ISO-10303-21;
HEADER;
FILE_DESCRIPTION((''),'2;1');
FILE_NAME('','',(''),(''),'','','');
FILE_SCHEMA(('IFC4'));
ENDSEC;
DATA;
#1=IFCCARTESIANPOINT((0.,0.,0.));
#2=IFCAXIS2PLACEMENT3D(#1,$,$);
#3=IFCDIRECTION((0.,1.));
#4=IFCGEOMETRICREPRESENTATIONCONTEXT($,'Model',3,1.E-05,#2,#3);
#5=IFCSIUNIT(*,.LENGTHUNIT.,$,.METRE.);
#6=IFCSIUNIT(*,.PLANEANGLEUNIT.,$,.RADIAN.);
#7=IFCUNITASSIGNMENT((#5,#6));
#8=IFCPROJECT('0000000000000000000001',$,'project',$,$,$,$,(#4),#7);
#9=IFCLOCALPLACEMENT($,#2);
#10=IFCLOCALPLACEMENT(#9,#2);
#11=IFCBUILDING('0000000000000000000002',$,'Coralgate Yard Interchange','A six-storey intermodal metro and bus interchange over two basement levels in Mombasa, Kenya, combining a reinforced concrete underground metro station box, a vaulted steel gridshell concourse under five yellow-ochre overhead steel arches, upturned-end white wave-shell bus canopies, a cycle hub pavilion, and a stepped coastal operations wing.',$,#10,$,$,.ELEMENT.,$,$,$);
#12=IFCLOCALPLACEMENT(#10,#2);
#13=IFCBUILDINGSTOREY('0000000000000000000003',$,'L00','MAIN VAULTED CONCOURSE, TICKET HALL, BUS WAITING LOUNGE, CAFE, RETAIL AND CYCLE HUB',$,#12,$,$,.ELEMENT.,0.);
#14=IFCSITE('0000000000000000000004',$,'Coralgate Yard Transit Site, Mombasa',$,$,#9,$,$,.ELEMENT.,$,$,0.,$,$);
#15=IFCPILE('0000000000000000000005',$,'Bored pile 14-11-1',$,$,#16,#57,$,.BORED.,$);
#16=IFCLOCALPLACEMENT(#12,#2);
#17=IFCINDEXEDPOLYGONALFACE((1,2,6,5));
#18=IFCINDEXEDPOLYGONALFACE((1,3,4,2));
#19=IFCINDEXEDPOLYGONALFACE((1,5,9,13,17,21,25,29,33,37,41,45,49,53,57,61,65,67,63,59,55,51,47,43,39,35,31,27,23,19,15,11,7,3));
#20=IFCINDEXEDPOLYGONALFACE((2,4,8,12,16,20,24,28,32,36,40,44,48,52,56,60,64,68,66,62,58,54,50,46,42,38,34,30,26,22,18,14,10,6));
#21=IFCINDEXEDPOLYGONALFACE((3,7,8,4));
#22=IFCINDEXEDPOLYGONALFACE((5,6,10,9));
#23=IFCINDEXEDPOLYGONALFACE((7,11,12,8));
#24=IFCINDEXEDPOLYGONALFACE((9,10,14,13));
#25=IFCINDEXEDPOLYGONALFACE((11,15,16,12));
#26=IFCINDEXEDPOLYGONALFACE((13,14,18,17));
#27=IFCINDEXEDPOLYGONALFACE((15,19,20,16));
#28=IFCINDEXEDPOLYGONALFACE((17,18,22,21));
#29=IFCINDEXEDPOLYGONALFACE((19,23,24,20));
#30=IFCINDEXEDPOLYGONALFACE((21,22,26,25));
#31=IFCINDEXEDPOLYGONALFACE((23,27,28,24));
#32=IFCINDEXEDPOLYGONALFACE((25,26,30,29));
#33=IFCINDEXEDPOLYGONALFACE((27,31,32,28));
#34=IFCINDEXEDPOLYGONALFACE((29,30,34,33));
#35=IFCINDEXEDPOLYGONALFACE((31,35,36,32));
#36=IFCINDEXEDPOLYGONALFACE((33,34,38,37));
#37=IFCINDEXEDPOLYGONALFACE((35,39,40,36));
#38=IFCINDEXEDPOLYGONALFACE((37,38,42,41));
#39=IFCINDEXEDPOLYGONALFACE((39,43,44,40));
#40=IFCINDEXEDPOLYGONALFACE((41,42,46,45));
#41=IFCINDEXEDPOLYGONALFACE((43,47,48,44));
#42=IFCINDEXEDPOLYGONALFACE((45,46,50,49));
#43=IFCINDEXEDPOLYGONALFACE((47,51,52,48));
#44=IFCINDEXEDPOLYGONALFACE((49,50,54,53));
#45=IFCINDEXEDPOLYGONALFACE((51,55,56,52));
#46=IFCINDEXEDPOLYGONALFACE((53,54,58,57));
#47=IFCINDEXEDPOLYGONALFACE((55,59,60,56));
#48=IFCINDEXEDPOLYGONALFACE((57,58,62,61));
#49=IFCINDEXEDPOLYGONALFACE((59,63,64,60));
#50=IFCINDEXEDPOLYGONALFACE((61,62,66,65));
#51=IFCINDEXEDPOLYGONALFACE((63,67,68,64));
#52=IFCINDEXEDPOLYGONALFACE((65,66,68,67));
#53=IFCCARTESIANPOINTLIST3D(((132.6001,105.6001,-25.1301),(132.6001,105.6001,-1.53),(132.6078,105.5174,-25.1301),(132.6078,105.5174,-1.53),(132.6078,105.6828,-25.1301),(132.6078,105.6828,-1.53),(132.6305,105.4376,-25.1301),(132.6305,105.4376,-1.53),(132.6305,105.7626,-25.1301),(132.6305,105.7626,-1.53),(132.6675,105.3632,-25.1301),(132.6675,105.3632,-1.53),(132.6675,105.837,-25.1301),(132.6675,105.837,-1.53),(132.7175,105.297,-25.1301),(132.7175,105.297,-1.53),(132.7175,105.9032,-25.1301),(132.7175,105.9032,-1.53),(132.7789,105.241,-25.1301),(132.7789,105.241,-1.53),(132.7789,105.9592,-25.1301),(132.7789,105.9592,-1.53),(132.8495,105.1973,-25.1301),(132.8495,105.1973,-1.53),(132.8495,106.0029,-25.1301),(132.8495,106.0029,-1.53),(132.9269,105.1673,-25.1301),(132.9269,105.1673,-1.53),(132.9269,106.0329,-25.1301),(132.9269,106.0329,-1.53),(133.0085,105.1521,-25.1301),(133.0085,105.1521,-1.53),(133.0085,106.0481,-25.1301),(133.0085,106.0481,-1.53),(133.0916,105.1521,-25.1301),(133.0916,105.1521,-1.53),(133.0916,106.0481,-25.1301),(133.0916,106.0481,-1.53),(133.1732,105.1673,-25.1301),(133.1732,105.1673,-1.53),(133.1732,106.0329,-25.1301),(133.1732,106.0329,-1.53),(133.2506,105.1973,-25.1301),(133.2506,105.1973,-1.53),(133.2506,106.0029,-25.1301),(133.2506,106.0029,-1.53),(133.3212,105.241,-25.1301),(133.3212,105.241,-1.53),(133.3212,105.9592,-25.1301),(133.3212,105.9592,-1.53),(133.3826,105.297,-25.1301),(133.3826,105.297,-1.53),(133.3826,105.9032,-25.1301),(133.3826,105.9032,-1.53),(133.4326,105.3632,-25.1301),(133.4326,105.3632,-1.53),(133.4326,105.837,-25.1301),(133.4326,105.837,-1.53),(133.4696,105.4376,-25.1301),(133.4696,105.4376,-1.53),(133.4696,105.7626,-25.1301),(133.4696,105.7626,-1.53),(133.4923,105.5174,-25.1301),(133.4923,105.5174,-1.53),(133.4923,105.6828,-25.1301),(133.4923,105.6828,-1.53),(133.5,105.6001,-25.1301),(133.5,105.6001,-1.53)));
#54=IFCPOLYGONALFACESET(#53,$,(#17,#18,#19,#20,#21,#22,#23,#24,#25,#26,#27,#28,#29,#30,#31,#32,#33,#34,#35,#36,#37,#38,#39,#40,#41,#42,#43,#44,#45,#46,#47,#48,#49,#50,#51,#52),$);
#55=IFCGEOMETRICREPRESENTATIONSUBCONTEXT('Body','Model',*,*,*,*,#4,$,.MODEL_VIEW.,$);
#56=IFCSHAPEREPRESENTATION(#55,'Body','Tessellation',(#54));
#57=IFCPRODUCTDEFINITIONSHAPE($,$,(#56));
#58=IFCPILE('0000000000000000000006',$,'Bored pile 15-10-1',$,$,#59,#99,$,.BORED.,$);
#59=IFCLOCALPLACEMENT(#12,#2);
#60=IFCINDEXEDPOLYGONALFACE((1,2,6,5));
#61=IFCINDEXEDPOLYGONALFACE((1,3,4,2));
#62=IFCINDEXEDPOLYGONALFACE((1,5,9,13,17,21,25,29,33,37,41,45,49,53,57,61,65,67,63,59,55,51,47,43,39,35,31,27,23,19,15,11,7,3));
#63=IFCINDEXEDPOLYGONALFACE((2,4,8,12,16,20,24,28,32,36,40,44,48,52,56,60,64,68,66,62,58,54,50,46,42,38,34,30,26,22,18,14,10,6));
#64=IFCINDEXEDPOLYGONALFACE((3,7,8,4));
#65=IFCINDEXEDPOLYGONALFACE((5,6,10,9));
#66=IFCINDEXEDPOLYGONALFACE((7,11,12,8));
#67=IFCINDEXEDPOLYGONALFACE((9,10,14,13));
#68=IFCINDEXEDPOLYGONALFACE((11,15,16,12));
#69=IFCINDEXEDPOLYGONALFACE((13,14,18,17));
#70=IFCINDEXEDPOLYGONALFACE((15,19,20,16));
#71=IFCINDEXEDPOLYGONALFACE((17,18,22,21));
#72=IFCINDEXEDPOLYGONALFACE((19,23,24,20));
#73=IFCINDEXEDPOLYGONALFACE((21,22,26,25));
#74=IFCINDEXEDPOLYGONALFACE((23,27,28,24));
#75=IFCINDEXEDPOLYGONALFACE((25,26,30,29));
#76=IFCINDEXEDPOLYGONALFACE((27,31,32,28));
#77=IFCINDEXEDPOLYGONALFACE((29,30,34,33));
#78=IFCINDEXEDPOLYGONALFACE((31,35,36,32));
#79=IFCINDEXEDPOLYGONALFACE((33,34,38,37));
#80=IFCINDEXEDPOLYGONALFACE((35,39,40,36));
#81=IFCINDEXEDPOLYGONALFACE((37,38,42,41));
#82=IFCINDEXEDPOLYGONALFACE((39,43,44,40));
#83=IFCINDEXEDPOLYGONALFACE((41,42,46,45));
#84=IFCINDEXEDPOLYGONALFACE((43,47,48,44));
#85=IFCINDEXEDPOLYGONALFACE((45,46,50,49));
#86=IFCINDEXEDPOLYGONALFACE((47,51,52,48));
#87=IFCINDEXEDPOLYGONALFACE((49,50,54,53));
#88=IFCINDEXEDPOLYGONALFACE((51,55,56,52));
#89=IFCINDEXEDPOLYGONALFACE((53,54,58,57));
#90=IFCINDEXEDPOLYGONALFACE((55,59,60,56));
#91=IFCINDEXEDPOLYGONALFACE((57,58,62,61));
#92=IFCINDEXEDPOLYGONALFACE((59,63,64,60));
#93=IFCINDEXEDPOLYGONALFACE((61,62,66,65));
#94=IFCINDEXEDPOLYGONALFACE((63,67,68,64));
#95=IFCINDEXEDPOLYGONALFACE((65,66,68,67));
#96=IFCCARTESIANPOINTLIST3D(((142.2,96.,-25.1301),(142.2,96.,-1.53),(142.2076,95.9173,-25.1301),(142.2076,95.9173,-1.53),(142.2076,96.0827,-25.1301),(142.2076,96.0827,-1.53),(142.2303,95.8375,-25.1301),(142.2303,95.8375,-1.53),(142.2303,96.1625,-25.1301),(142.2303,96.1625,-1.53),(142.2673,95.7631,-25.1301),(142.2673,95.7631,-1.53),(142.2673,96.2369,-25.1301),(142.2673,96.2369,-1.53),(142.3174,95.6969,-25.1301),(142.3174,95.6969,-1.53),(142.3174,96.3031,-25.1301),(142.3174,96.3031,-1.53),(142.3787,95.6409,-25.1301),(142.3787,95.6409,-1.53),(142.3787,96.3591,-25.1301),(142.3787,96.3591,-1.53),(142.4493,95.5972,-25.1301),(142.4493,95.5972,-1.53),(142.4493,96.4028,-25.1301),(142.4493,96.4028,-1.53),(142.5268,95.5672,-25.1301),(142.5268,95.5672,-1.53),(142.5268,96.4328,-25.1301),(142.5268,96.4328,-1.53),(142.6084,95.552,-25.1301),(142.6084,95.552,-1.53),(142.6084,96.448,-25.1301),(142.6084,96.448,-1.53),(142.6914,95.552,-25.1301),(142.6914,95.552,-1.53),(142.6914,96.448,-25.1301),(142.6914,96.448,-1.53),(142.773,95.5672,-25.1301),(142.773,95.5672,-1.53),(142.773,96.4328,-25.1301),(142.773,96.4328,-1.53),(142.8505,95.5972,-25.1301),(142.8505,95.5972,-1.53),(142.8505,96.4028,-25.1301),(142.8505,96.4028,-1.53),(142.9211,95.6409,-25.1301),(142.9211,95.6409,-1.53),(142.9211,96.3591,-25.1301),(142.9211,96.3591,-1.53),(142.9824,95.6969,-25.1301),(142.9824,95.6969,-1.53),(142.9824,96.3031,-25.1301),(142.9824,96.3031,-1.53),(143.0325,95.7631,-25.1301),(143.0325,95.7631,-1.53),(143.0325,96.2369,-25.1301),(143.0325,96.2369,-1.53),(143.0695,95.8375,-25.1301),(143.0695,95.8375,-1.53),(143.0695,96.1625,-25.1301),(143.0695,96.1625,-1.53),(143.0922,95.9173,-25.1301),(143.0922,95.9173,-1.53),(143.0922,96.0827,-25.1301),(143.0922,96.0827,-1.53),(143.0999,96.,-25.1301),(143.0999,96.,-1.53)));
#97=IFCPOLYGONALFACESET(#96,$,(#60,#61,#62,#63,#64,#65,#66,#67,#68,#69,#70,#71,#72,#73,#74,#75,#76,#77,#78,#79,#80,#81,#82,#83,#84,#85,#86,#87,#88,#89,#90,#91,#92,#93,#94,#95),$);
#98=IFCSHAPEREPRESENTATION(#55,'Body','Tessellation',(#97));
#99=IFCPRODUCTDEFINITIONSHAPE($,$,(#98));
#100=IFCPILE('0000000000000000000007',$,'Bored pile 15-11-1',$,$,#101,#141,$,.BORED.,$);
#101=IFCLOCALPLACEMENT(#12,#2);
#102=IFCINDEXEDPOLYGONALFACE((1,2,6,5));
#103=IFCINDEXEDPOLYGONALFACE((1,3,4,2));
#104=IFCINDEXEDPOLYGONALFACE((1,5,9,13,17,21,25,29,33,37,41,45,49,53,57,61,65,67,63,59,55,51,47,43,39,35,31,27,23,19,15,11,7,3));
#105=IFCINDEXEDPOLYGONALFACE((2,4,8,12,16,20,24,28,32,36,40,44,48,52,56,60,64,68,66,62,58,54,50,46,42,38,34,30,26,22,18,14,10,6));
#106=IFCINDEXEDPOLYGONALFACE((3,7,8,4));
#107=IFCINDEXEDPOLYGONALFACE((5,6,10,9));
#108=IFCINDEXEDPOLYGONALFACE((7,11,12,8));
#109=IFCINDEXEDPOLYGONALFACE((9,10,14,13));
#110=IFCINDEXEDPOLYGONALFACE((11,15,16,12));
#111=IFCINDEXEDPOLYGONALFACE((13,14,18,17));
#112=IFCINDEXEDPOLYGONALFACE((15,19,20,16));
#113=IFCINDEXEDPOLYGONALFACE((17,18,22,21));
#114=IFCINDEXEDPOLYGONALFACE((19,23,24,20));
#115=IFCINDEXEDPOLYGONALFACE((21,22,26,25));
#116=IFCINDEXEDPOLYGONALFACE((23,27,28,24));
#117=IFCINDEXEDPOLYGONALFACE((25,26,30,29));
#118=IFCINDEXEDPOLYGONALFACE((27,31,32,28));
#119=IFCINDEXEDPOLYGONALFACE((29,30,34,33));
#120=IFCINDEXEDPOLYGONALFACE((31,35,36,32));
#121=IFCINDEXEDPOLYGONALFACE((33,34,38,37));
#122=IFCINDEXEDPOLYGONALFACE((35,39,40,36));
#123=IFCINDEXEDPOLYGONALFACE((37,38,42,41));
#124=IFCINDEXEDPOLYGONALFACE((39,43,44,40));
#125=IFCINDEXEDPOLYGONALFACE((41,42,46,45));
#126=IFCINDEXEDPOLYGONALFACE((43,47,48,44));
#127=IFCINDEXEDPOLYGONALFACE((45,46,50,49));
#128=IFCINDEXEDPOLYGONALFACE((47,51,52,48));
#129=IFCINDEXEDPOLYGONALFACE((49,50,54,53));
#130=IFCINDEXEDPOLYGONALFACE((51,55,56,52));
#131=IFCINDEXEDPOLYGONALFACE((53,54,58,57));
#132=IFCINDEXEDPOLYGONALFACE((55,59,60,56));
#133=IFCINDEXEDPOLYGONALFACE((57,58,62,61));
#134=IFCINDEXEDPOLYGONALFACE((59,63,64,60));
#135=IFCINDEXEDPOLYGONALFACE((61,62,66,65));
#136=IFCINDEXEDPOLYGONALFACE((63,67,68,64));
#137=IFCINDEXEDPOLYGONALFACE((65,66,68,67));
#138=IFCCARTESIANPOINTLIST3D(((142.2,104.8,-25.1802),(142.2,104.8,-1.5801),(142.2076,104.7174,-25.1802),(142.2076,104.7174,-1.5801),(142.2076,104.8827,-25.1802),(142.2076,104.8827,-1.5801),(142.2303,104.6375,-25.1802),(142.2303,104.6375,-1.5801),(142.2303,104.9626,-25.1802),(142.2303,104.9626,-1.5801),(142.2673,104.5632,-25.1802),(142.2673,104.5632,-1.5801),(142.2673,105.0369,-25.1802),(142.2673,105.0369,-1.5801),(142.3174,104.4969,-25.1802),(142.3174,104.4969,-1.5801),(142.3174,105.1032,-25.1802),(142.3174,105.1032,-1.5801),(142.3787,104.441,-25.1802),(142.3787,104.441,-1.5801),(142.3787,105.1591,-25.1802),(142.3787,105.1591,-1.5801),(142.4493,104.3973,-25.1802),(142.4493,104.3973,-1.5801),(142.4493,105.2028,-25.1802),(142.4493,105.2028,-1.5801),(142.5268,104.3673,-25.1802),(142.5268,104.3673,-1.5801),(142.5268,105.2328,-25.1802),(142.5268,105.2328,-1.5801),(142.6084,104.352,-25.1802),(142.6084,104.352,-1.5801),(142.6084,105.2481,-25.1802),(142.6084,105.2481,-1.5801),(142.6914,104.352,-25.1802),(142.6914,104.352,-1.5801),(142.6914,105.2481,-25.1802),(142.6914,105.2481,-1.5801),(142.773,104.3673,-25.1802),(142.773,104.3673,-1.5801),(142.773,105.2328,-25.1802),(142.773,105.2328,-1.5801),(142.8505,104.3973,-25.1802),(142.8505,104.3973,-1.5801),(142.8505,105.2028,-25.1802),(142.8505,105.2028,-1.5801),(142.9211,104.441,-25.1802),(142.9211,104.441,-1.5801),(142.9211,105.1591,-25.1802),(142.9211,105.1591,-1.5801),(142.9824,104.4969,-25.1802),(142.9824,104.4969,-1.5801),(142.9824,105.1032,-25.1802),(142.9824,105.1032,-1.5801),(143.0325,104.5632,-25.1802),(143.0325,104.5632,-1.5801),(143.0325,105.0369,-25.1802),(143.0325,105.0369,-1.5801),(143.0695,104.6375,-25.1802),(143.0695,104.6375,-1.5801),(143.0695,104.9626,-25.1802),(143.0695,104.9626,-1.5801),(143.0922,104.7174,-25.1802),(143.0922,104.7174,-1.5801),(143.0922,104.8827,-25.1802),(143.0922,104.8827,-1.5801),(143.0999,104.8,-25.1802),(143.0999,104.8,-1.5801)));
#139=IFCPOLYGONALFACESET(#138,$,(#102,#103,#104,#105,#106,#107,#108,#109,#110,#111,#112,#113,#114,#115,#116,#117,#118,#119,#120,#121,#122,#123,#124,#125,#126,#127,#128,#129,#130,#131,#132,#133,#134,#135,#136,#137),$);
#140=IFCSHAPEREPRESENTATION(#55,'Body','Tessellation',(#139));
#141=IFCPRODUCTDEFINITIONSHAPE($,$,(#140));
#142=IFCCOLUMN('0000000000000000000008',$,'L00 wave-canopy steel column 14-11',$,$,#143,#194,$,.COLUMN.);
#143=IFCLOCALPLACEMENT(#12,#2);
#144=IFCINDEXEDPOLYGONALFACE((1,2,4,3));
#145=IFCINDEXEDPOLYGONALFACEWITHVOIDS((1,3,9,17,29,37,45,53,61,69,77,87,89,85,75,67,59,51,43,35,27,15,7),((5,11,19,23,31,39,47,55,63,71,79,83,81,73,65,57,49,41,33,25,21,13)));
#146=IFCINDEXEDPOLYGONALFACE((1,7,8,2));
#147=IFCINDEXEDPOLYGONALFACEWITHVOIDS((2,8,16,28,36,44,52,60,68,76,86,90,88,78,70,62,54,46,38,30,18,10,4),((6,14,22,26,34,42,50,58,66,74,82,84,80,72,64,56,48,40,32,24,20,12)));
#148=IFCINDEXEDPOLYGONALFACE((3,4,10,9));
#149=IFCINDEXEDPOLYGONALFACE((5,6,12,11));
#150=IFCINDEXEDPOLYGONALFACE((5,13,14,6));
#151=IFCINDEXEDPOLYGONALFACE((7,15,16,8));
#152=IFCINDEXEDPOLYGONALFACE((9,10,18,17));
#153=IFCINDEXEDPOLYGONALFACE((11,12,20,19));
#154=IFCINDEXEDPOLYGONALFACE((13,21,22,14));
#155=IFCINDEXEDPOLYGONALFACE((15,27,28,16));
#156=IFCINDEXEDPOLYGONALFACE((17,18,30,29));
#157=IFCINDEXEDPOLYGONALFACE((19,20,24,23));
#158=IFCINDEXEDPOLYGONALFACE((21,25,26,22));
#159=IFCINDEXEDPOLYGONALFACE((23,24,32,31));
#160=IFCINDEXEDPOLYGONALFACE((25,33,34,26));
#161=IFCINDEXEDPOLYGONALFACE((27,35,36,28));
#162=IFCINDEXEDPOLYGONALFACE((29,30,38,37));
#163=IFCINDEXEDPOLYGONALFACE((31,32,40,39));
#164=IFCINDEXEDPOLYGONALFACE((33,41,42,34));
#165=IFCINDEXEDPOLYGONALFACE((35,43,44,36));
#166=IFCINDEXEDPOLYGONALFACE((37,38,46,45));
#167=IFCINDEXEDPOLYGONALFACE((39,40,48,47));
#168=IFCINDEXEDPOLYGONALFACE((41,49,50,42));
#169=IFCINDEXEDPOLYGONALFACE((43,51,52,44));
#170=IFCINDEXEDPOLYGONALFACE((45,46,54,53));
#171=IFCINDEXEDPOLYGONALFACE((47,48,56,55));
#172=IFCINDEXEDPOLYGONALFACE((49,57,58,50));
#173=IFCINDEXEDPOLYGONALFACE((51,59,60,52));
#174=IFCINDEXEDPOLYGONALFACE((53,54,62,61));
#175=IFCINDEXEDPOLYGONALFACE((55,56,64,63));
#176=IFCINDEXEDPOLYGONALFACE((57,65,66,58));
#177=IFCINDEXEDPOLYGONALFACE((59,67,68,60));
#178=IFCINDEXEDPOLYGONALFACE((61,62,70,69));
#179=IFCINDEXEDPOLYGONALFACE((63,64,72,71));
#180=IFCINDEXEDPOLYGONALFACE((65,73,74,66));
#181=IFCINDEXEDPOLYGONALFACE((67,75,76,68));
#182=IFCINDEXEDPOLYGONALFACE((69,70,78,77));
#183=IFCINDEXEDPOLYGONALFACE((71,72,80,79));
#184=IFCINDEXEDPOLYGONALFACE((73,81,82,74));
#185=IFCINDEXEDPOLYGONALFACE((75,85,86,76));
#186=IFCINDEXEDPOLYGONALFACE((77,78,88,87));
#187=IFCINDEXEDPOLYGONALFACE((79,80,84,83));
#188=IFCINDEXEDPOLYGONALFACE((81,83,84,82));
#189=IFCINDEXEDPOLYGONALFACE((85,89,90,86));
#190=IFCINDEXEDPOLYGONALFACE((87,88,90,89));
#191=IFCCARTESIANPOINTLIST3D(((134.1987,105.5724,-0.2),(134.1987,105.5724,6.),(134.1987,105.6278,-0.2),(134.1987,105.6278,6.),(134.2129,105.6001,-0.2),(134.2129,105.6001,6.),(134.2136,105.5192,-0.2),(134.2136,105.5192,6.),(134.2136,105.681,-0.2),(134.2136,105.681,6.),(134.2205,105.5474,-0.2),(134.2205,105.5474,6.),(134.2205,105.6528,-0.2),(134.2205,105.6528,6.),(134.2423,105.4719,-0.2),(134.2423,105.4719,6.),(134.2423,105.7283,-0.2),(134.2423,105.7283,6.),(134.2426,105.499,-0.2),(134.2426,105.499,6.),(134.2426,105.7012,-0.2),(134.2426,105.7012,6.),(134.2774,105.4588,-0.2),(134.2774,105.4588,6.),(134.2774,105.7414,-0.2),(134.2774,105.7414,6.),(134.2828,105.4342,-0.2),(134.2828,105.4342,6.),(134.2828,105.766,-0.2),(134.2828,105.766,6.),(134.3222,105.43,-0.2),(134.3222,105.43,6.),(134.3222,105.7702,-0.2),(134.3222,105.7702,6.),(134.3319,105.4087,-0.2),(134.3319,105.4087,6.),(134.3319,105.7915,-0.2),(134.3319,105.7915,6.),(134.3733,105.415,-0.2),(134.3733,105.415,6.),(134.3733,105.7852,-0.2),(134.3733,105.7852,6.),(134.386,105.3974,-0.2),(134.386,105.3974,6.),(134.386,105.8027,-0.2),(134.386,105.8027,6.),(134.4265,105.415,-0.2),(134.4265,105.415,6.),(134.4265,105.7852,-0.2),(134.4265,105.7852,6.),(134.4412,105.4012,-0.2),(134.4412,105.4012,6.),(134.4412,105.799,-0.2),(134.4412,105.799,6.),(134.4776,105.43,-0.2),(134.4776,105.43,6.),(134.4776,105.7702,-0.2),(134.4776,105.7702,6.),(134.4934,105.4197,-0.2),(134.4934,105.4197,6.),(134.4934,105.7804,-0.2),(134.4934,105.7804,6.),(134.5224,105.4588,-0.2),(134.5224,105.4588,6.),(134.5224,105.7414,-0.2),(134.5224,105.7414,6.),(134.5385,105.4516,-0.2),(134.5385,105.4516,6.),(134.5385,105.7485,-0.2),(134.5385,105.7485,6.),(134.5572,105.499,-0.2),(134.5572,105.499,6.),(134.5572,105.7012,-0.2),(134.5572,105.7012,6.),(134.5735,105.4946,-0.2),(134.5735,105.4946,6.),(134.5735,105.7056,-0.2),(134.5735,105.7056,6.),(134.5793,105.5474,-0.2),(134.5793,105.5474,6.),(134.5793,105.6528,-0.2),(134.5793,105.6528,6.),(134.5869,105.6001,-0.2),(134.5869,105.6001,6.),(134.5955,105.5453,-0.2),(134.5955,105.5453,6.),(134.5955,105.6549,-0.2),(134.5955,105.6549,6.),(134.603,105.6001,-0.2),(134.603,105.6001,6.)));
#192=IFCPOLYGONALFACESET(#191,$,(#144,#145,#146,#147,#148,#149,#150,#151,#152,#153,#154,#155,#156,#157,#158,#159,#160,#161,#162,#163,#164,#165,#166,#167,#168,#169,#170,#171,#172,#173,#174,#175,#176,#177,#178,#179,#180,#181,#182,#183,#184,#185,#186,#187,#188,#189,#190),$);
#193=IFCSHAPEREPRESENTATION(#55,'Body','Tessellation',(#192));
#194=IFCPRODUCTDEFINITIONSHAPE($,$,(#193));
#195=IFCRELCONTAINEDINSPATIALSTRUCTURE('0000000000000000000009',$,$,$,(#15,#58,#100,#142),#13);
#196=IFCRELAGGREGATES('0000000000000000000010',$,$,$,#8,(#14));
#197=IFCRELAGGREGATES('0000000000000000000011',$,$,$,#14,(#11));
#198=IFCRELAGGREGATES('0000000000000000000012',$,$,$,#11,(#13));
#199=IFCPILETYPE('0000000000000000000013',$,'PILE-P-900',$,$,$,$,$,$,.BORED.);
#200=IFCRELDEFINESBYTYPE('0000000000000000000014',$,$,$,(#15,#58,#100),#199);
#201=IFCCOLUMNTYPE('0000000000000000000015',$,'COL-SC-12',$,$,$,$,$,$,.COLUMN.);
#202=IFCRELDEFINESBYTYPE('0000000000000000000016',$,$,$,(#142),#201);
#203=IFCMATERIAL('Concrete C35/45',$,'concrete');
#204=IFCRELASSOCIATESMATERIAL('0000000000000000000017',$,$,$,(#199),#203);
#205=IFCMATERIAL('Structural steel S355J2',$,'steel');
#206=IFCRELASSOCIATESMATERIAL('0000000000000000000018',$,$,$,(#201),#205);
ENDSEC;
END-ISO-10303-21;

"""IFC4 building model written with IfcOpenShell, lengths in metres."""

from ifc_helpers import new_model, si_unit, direction, frame, origin, origin_2d, place, context, subcontext, project, spatial, circle, hollow_circle, extrude, material, material_profile, profile_set, type_object, element, save


model = new_model("IFC4")

# Units and contexts
model_context = context("Model", 3, precision=1e-05, world=origin(), true_north=direction((0.0, 1.0)))
body_context = subcontext(model_context, "Body", "Model", "MODEL_VIEW")
ifc_project = project(units=[si_unit("LENGTHUNIT", "METRE"), si_unit("PLANEANGLEUNIT", "RADIAN")], contexts=[model_context])

# Site, building, storey
site_placement = place(None, origin())
site = spatial("IfcSite", under=ifc_project, at=site_placement, Name="Coralgate Yard Transit Site, Mombasa", CompositionType="ELEMENT", RefElevation=0.0)
building_placement = place(site_placement, origin())
building = spatial("IfcBuilding", under=site, at=building_placement, Name="Coralgate Yard Interchange", Description="A six-storey intermodal metro and bus interchange over two basement levels in Mombasa, Kenya, combining a reinforced concrete underground metro station box, a vaulted steel gridshell concourse under five yellow-ochre overhead steel arches, upturned-end white wave-shell bus canopies, a cycle hub pavilion, and a stepped coastal operations wing.", CompositionType="ELEMENT")
storey_placement = place(building_placement, origin())
storey = spatial("IfcBuildingStorey", under=building, at=storey_placement, Name="L00", Description="MAIN VAULTED CONCOURSE, TICKET HALL, BUS WAITING LOUNGE, CAFE, RETAIL AND CYCLE HUB", CompositionType="ELEMENT", Elevation=0.0)

# Piles
ifc_material_1 = material(Name="Concrete C35/45", Category="concrete")
ifc_material_profile_1 = material_profile(ifc_material_1, circle(Radius=0.45, at=origin_2d()), Name="BORED PILE D900")
ifc_profile_set_1 = profile_set([ifc_material_profile_1], Name="Concrete C35/45")
pile_type = type_object("IfcPileType", Name="PILE-P-900", PredefinedType="BORED", material=ifc_profile_set_1)
for number, where, z_axis, x_axis, name in (
    (1, (133.05, 105.6001, -1.53), (0.0, 0.0, -1.0), (1.0, 0.0, 0.0), "Bored pile 14-11-1"),
    (2, (142.6499, 96.0, -1.53), (0.0, 0.0, -1.0), (1.0, 0.0, 0.0), "Bored pile 15-10-1"),
    (3, (142.6499, 104.8, -1.5801), (0.0, 0.0, -1.0), (1.0, 0.0, 0.0), "Bored pile 15-11-1"),
):
    element("IfcPile", number, at=place(storey_placement, frame(where, z_axis=z_axis, x_axis=x_axis)), inside=storey, type_object=pile_type, Name=name, PredefinedType="BORED", context=body_context, shape_type="SweptSolid", body=[
        extrude(circle(Radius=0.45, at=origin_2d()), origin(), (0.0, 0.0, 1.0), 23.6001),
    ])

# Column
ifc_material_2 = material(Name="Structural steel S355J2", Category="steel")
ifc_material_profile_2 = material_profile(ifc_material_2, hollow_circle(Radius=0.2031, WallThickness=0.0161, at=origin_2d()), Name="CHS 406.4x16")
ifc_profile_set_2 = profile_set([ifc_material_profile_2], Name="Structural steel S355J2")
column_type_1 = type_object("IfcColumnType", Name="COL-SC-12", PredefinedType="COLUMN", material=ifc_profile_set_2)
column_placement = place(storey_placement, frame((134.3999, 105.6001, -0.2), z_axis=(0.0, 0.0, 1.0), x_axis=(1.0, 0.0, 0.0)))
element("IfcColumn", 4, at=column_placement, inside=storey, type_object=column_type_1, Name="L00 wave-canopy steel column 14-11", PredefinedType="COLUMN", context=body_context, shape_type="SweptSolid", body=[
    extrude(hollow_circle(Radius=0.2031, WallThickness=0.0161, at=origin_2d()), origin(), (0.0, 0.0, 1.0), 6.2),
])

save(model, "model.ifc")
